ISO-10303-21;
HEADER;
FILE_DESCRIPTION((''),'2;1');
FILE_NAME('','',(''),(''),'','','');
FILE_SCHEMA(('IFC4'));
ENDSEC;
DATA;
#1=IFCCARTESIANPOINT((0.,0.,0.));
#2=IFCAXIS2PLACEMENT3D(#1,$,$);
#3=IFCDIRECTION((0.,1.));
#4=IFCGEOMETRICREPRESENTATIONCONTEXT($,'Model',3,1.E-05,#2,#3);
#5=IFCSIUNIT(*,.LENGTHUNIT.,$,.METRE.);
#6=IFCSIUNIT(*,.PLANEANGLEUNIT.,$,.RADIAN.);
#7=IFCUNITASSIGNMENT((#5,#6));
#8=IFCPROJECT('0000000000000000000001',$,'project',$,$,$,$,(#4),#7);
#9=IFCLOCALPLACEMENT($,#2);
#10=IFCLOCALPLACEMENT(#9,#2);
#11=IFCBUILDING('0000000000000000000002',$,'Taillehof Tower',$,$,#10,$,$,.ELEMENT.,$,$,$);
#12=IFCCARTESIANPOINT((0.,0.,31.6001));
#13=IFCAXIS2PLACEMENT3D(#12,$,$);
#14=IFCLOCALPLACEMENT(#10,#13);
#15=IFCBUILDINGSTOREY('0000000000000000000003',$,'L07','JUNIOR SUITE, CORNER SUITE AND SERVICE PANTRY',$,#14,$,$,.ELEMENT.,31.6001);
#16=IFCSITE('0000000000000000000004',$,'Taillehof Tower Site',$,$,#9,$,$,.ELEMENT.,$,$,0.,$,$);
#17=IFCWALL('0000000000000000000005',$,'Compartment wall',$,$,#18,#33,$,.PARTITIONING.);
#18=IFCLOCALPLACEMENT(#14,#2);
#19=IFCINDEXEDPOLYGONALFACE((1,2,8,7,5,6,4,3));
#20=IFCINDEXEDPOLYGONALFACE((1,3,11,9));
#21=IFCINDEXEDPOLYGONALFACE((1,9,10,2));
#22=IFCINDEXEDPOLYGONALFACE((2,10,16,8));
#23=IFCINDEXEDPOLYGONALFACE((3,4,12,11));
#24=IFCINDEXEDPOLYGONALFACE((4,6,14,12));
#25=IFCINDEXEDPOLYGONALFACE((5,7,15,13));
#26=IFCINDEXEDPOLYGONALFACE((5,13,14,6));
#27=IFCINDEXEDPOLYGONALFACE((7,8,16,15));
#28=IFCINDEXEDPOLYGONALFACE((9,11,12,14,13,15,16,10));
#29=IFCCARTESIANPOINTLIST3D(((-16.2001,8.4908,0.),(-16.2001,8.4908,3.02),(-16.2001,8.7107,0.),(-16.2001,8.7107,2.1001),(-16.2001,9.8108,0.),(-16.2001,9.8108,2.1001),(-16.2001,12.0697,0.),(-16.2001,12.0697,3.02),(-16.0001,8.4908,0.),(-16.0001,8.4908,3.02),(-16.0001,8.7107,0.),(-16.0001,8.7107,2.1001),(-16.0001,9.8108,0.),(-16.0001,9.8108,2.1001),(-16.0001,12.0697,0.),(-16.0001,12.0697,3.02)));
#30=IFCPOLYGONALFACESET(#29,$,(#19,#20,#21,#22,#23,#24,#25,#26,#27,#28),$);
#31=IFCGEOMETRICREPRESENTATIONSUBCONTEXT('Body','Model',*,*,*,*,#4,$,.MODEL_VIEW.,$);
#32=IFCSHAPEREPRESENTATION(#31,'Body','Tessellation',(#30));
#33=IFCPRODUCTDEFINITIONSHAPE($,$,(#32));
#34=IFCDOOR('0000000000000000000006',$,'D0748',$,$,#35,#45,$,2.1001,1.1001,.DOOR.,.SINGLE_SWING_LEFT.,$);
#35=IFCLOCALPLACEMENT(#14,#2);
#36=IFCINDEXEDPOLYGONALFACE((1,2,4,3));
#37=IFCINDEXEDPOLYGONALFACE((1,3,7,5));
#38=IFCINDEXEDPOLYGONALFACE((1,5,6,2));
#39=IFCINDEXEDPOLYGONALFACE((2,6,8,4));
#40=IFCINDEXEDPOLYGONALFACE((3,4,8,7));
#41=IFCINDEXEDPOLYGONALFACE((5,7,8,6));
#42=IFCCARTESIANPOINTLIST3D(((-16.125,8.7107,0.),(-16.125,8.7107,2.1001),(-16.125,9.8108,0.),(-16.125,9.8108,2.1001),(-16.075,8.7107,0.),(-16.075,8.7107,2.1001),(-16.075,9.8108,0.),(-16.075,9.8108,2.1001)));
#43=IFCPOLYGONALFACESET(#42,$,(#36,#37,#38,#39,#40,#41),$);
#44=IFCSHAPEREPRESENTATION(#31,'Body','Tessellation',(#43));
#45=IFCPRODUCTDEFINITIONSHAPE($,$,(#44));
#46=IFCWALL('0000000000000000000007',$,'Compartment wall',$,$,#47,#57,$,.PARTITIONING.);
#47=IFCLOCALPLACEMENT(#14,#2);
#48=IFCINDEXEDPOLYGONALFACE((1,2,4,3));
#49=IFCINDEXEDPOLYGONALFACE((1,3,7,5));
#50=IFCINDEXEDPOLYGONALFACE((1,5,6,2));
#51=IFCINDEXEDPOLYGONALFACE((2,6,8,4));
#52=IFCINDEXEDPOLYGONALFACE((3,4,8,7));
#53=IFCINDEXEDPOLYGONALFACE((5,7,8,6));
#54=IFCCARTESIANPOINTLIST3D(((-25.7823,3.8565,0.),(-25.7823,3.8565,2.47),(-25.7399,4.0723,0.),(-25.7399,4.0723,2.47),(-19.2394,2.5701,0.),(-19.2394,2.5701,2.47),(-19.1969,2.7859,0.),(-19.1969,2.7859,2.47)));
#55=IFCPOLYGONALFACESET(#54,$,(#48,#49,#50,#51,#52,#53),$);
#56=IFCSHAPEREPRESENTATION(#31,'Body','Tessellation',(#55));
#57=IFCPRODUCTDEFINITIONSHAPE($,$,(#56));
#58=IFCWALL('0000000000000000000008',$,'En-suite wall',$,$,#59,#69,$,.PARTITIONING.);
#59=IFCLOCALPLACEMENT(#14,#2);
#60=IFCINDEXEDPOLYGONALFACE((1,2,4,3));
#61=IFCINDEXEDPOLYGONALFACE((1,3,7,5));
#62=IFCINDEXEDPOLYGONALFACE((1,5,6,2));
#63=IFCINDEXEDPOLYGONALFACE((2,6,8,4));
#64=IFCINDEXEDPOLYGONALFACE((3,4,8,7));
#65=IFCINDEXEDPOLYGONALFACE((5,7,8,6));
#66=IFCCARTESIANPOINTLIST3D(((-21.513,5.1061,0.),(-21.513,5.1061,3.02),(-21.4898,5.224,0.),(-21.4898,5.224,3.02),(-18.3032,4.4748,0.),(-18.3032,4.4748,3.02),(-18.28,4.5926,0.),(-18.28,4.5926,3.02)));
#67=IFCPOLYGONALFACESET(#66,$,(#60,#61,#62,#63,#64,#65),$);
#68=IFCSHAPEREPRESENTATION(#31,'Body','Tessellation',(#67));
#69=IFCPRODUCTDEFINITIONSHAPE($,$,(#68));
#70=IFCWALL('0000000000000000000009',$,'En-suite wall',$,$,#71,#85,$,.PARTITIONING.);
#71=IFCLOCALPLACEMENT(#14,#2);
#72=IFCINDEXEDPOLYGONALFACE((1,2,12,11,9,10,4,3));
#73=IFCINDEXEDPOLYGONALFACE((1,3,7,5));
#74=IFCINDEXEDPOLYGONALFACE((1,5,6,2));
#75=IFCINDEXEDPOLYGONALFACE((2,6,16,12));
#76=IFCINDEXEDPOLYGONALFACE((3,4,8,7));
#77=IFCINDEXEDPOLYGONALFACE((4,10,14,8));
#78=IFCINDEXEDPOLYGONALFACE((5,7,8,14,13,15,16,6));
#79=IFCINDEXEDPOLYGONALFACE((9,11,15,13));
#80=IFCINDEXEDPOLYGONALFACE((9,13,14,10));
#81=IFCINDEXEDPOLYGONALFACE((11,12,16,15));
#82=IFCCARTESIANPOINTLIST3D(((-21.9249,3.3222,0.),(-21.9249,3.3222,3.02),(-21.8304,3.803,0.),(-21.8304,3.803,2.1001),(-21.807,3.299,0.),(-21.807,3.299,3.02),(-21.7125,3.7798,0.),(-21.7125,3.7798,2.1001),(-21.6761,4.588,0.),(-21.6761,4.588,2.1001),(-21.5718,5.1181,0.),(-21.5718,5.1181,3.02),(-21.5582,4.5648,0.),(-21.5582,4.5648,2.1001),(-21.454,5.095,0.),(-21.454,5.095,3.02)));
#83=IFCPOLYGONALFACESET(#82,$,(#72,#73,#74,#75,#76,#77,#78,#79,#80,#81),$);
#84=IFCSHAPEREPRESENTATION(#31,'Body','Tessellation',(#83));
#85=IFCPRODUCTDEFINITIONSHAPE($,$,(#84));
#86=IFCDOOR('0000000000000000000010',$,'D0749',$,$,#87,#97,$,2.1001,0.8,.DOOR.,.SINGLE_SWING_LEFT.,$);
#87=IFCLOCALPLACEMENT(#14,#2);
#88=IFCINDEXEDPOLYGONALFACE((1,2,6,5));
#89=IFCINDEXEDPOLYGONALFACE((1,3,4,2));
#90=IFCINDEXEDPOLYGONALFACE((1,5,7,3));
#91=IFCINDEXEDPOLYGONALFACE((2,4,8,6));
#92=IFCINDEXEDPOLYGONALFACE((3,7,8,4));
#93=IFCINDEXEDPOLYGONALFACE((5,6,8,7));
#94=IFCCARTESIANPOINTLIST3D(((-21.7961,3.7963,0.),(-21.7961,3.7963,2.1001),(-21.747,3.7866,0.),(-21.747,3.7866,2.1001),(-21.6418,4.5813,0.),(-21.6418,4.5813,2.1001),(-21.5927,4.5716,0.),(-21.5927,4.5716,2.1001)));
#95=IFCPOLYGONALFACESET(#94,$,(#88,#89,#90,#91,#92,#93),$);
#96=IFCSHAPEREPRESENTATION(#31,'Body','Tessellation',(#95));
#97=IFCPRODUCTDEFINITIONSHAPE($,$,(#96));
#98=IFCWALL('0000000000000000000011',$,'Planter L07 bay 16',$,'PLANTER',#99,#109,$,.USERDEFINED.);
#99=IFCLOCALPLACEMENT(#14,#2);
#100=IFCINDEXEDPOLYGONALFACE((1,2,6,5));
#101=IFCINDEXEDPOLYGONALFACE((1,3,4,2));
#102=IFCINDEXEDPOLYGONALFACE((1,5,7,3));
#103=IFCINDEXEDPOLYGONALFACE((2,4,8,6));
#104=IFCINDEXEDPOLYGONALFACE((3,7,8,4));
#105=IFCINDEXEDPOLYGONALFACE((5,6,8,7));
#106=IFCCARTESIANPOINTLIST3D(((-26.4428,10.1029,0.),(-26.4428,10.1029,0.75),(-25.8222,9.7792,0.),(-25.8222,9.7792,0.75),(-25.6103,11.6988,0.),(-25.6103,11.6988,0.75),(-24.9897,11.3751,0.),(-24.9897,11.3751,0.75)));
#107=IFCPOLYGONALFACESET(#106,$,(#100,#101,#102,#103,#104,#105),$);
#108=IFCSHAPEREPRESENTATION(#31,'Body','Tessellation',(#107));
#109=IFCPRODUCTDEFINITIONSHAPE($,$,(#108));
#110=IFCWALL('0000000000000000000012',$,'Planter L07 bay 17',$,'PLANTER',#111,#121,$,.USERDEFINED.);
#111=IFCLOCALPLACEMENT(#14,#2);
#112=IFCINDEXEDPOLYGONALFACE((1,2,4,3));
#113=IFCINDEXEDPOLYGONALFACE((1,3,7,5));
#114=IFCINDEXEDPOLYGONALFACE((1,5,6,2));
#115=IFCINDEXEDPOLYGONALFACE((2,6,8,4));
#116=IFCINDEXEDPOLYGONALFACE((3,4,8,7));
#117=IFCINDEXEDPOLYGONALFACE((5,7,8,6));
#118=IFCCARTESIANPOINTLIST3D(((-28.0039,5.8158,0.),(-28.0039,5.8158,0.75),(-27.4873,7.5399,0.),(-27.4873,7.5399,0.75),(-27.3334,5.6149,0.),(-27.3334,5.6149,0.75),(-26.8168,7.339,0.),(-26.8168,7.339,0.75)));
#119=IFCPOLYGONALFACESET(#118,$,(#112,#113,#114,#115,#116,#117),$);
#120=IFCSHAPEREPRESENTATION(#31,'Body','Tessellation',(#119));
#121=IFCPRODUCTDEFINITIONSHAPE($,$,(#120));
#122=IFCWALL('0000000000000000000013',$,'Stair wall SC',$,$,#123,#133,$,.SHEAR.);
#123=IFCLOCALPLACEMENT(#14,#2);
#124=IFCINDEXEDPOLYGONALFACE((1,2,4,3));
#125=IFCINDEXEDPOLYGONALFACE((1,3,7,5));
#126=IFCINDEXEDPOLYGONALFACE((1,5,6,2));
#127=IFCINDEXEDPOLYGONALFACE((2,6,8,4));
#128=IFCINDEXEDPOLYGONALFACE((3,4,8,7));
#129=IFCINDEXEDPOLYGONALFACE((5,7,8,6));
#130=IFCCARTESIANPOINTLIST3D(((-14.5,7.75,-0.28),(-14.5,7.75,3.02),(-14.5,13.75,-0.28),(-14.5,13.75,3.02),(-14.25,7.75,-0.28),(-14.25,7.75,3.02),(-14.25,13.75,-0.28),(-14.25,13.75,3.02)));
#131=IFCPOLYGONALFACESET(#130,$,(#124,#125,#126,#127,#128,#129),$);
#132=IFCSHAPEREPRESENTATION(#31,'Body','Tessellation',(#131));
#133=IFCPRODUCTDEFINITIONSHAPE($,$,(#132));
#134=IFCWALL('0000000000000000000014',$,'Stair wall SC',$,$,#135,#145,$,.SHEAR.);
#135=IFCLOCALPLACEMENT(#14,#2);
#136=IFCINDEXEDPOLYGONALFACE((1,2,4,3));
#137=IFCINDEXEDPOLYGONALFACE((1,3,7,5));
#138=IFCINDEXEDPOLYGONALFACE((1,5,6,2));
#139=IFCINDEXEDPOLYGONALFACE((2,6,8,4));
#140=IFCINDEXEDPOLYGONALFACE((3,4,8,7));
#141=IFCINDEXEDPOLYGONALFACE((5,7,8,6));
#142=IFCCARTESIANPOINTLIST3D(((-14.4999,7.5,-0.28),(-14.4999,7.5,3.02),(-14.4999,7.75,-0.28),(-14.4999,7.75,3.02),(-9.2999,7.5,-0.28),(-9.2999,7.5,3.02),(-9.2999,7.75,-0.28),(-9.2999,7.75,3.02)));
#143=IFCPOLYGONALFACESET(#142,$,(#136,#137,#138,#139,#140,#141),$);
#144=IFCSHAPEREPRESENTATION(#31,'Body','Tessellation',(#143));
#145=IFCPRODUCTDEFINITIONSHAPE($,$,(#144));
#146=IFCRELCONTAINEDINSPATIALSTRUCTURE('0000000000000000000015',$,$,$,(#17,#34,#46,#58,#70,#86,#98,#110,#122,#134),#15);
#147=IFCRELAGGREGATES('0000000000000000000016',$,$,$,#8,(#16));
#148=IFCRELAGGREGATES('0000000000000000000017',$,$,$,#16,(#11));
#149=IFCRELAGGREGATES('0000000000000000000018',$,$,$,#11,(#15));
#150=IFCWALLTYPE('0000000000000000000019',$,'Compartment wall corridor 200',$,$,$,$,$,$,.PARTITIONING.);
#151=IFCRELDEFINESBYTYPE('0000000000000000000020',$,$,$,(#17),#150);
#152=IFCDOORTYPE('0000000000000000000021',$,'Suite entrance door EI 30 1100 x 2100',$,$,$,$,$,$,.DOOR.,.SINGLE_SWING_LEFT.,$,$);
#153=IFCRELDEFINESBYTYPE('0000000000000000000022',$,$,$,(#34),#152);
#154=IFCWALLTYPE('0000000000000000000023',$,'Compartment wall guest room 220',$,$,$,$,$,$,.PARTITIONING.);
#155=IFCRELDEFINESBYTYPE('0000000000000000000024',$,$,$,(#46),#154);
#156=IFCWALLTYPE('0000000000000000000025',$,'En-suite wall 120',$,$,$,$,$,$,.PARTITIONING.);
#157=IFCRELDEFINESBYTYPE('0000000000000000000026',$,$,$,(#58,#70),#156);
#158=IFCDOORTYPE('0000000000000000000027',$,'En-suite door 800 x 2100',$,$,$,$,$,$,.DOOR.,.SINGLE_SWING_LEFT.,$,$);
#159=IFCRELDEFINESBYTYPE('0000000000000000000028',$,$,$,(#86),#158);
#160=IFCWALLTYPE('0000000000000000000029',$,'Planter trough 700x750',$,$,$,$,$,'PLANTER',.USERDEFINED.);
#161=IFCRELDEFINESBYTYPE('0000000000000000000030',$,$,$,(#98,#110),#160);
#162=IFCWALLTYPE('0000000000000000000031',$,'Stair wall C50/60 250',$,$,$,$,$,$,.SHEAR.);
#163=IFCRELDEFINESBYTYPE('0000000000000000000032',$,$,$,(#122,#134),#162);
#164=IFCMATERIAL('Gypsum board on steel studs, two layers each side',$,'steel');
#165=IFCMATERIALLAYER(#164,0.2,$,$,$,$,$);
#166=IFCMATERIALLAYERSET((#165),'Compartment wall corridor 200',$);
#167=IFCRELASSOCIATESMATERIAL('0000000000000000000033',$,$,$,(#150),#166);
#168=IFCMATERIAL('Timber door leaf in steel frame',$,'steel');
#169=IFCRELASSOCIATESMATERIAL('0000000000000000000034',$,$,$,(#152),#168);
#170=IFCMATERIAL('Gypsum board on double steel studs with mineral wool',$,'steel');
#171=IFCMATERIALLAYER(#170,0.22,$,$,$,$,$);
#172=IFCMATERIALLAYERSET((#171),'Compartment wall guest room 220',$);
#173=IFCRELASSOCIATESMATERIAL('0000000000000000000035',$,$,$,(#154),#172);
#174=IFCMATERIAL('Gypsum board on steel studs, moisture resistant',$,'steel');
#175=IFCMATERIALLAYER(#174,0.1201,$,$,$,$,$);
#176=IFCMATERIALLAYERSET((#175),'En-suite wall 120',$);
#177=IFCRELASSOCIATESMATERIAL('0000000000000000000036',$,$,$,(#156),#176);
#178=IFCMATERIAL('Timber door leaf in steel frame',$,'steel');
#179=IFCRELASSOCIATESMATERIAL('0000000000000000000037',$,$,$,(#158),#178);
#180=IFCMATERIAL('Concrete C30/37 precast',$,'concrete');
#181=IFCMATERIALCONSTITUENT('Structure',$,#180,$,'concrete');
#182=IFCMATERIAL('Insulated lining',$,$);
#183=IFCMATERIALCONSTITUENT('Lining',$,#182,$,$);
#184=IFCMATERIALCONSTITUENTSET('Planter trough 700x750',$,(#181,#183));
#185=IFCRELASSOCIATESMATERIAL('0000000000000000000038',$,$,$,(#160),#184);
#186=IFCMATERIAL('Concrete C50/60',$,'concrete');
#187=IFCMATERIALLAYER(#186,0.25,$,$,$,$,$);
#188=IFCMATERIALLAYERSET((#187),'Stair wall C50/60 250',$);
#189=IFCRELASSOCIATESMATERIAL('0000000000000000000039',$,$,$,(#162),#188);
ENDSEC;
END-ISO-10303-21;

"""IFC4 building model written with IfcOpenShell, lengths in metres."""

from ifc_helpers import new_model, si_unit, direction, frame, frame_2d, origin, place, context, subcontext, project, spatial, rectangle, extrude, material, layer, layer_set, constituent, constituent_set, type_object, element, fill, save


model = new_model("IFC4")

# Units and contexts
model_context = context("Model", 3, precision=1e-05, world=origin(), true_north=direction((0.0, 1.0)))
body_context = subcontext(model_context, "Body", "Model", "MODEL_VIEW")
ifc_project = project(units=[si_unit("LENGTHUNIT", "METRE"), si_unit("PLANEANGLEUNIT", "RADIAN")], contexts=[model_context])

# Site, building, storey
site_placement = place(None, origin())
site = spatial("IfcSite", under=ifc_project, at=site_placement, Name="Taillehof Tower Site", CompositionType="ELEMENT", RefElevation=0.0)
building_placement = place(site_placement, origin())
building = spatial("IfcBuilding", under=site, at=building_placement, Name="Taillehof Tower", CompositionType="ELEMENT")
storey_placement = place(building_placement, frame((0.0, 0.0, 31.6001)))
storey = spatial("IfcBuildingStorey", under=building, at=storey_placement, Name="L07", Description="JUNIOR SUITE, CORNER SUITE AND SERVICE PANTRY", CompositionType="ELEMENT", Elevation=31.6001)

# Shared definitions
ifc_material_1 = material(Name="Gypsum board on steel studs, two layers each side", Category="steel")
ifc_layer_1 = layer(ifc_material_1, 0.2)
ifc_layer_set_1 = layer_set([ifc_layer_1], Name="Compartment wall corridor 200")
wall_type_1 = type_object("IfcWallType", Name="Compartment wall corridor 200", PredefinedType="PARTITIONING", material=ifc_layer_set_1)

# Wall, opening, door
wall_1_placement = place(storey_placement, frame((-16.1001, 8.4907, 0.0), z_axis=(0.0, 0.0, 1.0), x_axis=(0.0, 1.0, 0.0)))
wall_1 = element("IfcWall", 1, at=wall_1_placement, inside=storey, type_object=wall_type_1, Name="Compartment wall", PredefinedType="PARTITIONING", context=body_context, shape_type="SweptSolid", body=[
    extrude(rectangle(XDim=3.5789, YDim=0.2, at=frame_2d((1.7896, 0.0))), origin(), (0.0, 0.0, 1.0), 3.02),
])
opening_1_placement = place(wall_1_placement, frame((0.22, 0.0, 0.0)))
opening_1 = element("IfcOpeningElement", 2, at=opening_1_placement, cuts=wall_1, PredefinedType="OPENING", context=body_context, shape_type="SweptSolid", body=[
    extrude(rectangle(XDim=1.1001, YDim=2.1001, at=frame_2d((0.55, 1.05))), frame((0.0, 0.1099, 0.0), z_axis=(0.0, -1.0, 0.0), x_axis=(1.0, 0.0, 0.0)), (0.0, 0.0, 1.0), 0.22),
])
ifc_material_2 = material(Name="Timber door leaf in steel frame", Category="steel")
door_type_1 = type_object("IfcDoorType", Name="Suite entrance door EI 30 1100 x 2100", OperationType="SINGLE_SWING_LEFT", PredefinedType="DOOR", material=ifc_material_2)
door_1_placement = place(opening_1_placement, origin())
door_1 = element("IfcDoor", 3, at=door_1_placement, inside=storey, type_object=door_type_1, Name="D0748", OperationType="SINGLE_SWING_LEFT", OverallHeight=2.1001, OverallWidth=1.1001, PredefinedType="DOOR", context=body_context, shape_type="SweptSolid", body=[
    extrude(rectangle(XDim=1.1001, YDim=2.1001, at=frame_2d((0.55, 1.05))), frame((0.0, 0.0249, 0.0), z_axis=(0.0, -1.0, 0.0), x_axis=(1.0, 0.0, 0.0)), (0.0, 0.0, 1.0), 0.05),
])
fill(opening_1, door_1)

# Walls
ifc_material_3 = material(Name="Gypsum board on double steel studs with mineral wool", Category="steel")
ifc_layer_2 = layer(ifc_material_3, 0.22)
ifc_layer_set_2 = layer_set([ifc_layer_2], Name="Compartment wall guest room 220")
wall_type_2 = type_object("IfcWallType", Name="Compartment wall guest room 220", PredefinedType="PARTITIONING", material=ifc_layer_set_2)
wall_2_placement = place(storey_placement, frame((-25.761, 3.9644, 0.0), z_axis=(0.0, 0.0, 1.0), x_axis=(0.981216, -0.192911, 0.0)))
element("IfcWall", 4, at=wall_2_placement, inside=storey, type_object=wall_type_2, Name="Compartment wall", PredefinedType="PARTITIONING", context=body_context, shape_type="SweptSolid", body=[
    extrude(rectangle(XDim=6.6682, YDim=0.22, at=frame_2d((3.334, 0.0))), origin(), (0.0, 0.0, 1.0), 2.47),
])
ifc_material_4 = material(Name="Gypsum board on steel studs, moisture resistant", Category="steel")
ifc_layer_3 = layer(ifc_material_4, 0.1201)
ifc_layer_set_3 = layer_set([ifc_layer_3], Name="En-suite wall 120")
wall_type_3 = type_object("IfcWallType", Name="En-suite wall 120", PredefinedType="PARTITIONING", material=ifc_layer_set_3)
wall_3_placement = place(storey_placement, frame((-18.2915, 4.5337, 0.0), z_axis=(0.0, 0.0, 1.0), x_axis=(-0.981199, 0.193001, 0.0)))
element("IfcWall", 5, at=wall_3_placement, inside=storey, type_object=wall_type_3, Name="En-suite wall", PredefinedType="PARTITIONING", context=body_context, shape_type="SweptSolid", body=[
    extrude(rectangle(XDim=3.2712, YDim=0.1201, at=frame_2d((1.6357, 0.0))), origin(), (0.0, 0.0, 1.0), 3.02),
])

# Wall, opening, door
wall_4_placement = place(storey_placement, frame((-21.5129, 5.1064, 0.0), z_axis=(0.0, 0.0, 1.0), x_axis=(-0.192883, -0.981222, 0.0)))
wall_4 = element("IfcWall", 6, at=wall_4_placement, inside=storey, type_object=wall_type_3, Name="En-suite wall", PredefinedType="PARTITIONING", context=body_context, shape_type="SweptSolid", body=[
    extrude(rectangle(XDim=1.8303, YDim=0.1201, at=frame_2d((0.915, 0.0))), origin(), (0.0, 0.0, 1.0), 3.02),
])
opening_2_placement = place(wall_4_placement, frame((0.5403, 0.0, 0.0)))
opening_2 = element("IfcOpeningElement", 7, at=opening_2_placement, cuts=wall_4, PredefinedType="OPENING", context=body_context, shape_type="SweptSolid", body=[
    extrude(rectangle(XDim=0.8, YDim=2.1001, at=frame_2d((0.3999, 1.05))), frame((0.0, 0.0701, 0.0), z_axis=(0.0, -1.0, 0.0), x_axis=(1.0, 0.0, 0.0)), (0.0, 0.0, 1.0), 0.1401),
])
ifc_material_5 = material(Name="Timber door leaf in steel frame", Category="steel")
door_type_2 = type_object("IfcDoorType", Name="En-suite door 800 x 2100", OperationType="SINGLE_SWING_LEFT", PredefinedType="DOOR", material=ifc_material_5)
door_2_placement = place(opening_2_placement, origin())
door_2 = element("IfcDoor", 8, at=door_2_placement, inside=storey, type_object=door_type_2, Name="D0749", OperationType="SINGLE_SWING_LEFT", OverallHeight=2.1001, OverallWidth=0.8, PredefinedType="DOOR", context=body_context, shape_type="SweptSolid", body=[
    extrude(rectangle(XDim=0.8, YDim=2.1001, at=frame_2d((0.3999, 1.05))), frame((0.0, 0.0249, 0.0), z_axis=(0.0, -1.0, 0.0), x_axis=(1.0, 0.0, 0.0)), (0.0, 0.0, 1.0), 0.05),
])
fill(opening_2, door_2)

# Walls
ifc_material_6 = material(Name="Concrete C30/37 precast", Category="concrete")
ifc_constituent_1 = constituent(ifc_material_6, Name="Structure", Category="concrete")
ifc_material_7 = material(Name="Insulated lining")
ifc_constituent_2 = constituent(ifc_material_7, Name="Lining")
ifc_constituent_set = constituent_set(constituents=[ifc_constituent_1, ifc_constituent_2], Name="Planter trough 700x750")
wall_type_4 = type_object("IfcWallType", Name="Planter trough 700x750", ElementType="PLANTER", PredefinedType="USERDEFINED", material=ifc_constituent_set)
wall_5_placement = place(storey_placement, frame((-25.3, 11.5369, 0.0), z_axis=(0.0, 0.0, 1.0), x_axis=(-0.462501, -0.886619, 0.0)))
element("IfcWall", 9, at=wall_5_placement, inside=storey, type_object=wall_type_4, Name="Planter L07 bay 16", ObjectType="PLANTER", PredefinedType="USERDEFINED", context=body_context, shape_type="SweptSolid", body=[
    extrude(rectangle(XDim=1.8, YDim=0.7, at=frame_2d((0.8999, 0.0))), origin(), (0.0, 0.0, 1.0), 0.75),
])
wall_6_placement = place(storey_placement, frame((-27.1521, 7.4395, 0.0), z_axis=(0.0, 0.0, 1.0), x_axis=(-0.287024, -0.957923, 0.0)))
element("IfcWall", 10, at=wall_6_placement, inside=storey, type_object=wall_type_4, Name="Planter L07 bay 17", ObjectType="PLANTER", PredefinedType="USERDEFINED", context=body_context, shape_type="SweptSolid", body=[
    extrude(rectangle(XDim=1.7998, YDim=0.7, at=frame_2d((0.8999, 0.0))), origin(), (0.0, 0.0, 1.0), 0.75),
])
ifc_material_8 = material(Name="Concrete C50/60", Category="concrete")
ifc_layer_4 = layer(ifc_material_8, 0.25)
ifc_layer_set_4 = layer_set([ifc_layer_4], Name="Stair wall C50/60 250")
wall_type_5 = type_object("IfcWallType", Name="Stair wall C50/60 250", PredefinedType="SHEAR", material=ifc_layer_set_4)
wall_7_placement = place(storey_placement, frame((-14.375, 7.75, -0.28), z_axis=(0.0, 0.0, 1.0), x_axis=(0.0, 1.0, 0.0)))
element("IfcWall", 11, at=wall_7_placement, inside=storey, type_object=wall_type_5, Name="Stair wall SC", PredefinedType="SHEAR", context=body_context, shape_type="SweptSolid", body=[
    extrude(rectangle(XDim=6.0, YDim=0.25, at=frame_2d((3.0, 0.0))), origin(), (0.0, 0.0, 1.0), 3.3),
])
wall_8_placement = place(storey_placement, frame((-14.5, 7.625, -0.28), z_axis=(0.0, 0.0, 1.0), x_axis=(1.0, 0.0, 0.0)))
element("IfcWall", 12, at=wall_8_placement, inside=storey, type_object=wall_type_5, Name="Stair wall SC", PredefinedType="SHEAR", context=body_context, shape_type="SweptSolid", body=[
    extrude(rectangle(XDim=5.2, YDim=0.25, at=frame_2d((2.6001, 0.0))), origin(), (0.0, 0.0, 1.0), 3.3),
])

save(model, "model.ifc")
